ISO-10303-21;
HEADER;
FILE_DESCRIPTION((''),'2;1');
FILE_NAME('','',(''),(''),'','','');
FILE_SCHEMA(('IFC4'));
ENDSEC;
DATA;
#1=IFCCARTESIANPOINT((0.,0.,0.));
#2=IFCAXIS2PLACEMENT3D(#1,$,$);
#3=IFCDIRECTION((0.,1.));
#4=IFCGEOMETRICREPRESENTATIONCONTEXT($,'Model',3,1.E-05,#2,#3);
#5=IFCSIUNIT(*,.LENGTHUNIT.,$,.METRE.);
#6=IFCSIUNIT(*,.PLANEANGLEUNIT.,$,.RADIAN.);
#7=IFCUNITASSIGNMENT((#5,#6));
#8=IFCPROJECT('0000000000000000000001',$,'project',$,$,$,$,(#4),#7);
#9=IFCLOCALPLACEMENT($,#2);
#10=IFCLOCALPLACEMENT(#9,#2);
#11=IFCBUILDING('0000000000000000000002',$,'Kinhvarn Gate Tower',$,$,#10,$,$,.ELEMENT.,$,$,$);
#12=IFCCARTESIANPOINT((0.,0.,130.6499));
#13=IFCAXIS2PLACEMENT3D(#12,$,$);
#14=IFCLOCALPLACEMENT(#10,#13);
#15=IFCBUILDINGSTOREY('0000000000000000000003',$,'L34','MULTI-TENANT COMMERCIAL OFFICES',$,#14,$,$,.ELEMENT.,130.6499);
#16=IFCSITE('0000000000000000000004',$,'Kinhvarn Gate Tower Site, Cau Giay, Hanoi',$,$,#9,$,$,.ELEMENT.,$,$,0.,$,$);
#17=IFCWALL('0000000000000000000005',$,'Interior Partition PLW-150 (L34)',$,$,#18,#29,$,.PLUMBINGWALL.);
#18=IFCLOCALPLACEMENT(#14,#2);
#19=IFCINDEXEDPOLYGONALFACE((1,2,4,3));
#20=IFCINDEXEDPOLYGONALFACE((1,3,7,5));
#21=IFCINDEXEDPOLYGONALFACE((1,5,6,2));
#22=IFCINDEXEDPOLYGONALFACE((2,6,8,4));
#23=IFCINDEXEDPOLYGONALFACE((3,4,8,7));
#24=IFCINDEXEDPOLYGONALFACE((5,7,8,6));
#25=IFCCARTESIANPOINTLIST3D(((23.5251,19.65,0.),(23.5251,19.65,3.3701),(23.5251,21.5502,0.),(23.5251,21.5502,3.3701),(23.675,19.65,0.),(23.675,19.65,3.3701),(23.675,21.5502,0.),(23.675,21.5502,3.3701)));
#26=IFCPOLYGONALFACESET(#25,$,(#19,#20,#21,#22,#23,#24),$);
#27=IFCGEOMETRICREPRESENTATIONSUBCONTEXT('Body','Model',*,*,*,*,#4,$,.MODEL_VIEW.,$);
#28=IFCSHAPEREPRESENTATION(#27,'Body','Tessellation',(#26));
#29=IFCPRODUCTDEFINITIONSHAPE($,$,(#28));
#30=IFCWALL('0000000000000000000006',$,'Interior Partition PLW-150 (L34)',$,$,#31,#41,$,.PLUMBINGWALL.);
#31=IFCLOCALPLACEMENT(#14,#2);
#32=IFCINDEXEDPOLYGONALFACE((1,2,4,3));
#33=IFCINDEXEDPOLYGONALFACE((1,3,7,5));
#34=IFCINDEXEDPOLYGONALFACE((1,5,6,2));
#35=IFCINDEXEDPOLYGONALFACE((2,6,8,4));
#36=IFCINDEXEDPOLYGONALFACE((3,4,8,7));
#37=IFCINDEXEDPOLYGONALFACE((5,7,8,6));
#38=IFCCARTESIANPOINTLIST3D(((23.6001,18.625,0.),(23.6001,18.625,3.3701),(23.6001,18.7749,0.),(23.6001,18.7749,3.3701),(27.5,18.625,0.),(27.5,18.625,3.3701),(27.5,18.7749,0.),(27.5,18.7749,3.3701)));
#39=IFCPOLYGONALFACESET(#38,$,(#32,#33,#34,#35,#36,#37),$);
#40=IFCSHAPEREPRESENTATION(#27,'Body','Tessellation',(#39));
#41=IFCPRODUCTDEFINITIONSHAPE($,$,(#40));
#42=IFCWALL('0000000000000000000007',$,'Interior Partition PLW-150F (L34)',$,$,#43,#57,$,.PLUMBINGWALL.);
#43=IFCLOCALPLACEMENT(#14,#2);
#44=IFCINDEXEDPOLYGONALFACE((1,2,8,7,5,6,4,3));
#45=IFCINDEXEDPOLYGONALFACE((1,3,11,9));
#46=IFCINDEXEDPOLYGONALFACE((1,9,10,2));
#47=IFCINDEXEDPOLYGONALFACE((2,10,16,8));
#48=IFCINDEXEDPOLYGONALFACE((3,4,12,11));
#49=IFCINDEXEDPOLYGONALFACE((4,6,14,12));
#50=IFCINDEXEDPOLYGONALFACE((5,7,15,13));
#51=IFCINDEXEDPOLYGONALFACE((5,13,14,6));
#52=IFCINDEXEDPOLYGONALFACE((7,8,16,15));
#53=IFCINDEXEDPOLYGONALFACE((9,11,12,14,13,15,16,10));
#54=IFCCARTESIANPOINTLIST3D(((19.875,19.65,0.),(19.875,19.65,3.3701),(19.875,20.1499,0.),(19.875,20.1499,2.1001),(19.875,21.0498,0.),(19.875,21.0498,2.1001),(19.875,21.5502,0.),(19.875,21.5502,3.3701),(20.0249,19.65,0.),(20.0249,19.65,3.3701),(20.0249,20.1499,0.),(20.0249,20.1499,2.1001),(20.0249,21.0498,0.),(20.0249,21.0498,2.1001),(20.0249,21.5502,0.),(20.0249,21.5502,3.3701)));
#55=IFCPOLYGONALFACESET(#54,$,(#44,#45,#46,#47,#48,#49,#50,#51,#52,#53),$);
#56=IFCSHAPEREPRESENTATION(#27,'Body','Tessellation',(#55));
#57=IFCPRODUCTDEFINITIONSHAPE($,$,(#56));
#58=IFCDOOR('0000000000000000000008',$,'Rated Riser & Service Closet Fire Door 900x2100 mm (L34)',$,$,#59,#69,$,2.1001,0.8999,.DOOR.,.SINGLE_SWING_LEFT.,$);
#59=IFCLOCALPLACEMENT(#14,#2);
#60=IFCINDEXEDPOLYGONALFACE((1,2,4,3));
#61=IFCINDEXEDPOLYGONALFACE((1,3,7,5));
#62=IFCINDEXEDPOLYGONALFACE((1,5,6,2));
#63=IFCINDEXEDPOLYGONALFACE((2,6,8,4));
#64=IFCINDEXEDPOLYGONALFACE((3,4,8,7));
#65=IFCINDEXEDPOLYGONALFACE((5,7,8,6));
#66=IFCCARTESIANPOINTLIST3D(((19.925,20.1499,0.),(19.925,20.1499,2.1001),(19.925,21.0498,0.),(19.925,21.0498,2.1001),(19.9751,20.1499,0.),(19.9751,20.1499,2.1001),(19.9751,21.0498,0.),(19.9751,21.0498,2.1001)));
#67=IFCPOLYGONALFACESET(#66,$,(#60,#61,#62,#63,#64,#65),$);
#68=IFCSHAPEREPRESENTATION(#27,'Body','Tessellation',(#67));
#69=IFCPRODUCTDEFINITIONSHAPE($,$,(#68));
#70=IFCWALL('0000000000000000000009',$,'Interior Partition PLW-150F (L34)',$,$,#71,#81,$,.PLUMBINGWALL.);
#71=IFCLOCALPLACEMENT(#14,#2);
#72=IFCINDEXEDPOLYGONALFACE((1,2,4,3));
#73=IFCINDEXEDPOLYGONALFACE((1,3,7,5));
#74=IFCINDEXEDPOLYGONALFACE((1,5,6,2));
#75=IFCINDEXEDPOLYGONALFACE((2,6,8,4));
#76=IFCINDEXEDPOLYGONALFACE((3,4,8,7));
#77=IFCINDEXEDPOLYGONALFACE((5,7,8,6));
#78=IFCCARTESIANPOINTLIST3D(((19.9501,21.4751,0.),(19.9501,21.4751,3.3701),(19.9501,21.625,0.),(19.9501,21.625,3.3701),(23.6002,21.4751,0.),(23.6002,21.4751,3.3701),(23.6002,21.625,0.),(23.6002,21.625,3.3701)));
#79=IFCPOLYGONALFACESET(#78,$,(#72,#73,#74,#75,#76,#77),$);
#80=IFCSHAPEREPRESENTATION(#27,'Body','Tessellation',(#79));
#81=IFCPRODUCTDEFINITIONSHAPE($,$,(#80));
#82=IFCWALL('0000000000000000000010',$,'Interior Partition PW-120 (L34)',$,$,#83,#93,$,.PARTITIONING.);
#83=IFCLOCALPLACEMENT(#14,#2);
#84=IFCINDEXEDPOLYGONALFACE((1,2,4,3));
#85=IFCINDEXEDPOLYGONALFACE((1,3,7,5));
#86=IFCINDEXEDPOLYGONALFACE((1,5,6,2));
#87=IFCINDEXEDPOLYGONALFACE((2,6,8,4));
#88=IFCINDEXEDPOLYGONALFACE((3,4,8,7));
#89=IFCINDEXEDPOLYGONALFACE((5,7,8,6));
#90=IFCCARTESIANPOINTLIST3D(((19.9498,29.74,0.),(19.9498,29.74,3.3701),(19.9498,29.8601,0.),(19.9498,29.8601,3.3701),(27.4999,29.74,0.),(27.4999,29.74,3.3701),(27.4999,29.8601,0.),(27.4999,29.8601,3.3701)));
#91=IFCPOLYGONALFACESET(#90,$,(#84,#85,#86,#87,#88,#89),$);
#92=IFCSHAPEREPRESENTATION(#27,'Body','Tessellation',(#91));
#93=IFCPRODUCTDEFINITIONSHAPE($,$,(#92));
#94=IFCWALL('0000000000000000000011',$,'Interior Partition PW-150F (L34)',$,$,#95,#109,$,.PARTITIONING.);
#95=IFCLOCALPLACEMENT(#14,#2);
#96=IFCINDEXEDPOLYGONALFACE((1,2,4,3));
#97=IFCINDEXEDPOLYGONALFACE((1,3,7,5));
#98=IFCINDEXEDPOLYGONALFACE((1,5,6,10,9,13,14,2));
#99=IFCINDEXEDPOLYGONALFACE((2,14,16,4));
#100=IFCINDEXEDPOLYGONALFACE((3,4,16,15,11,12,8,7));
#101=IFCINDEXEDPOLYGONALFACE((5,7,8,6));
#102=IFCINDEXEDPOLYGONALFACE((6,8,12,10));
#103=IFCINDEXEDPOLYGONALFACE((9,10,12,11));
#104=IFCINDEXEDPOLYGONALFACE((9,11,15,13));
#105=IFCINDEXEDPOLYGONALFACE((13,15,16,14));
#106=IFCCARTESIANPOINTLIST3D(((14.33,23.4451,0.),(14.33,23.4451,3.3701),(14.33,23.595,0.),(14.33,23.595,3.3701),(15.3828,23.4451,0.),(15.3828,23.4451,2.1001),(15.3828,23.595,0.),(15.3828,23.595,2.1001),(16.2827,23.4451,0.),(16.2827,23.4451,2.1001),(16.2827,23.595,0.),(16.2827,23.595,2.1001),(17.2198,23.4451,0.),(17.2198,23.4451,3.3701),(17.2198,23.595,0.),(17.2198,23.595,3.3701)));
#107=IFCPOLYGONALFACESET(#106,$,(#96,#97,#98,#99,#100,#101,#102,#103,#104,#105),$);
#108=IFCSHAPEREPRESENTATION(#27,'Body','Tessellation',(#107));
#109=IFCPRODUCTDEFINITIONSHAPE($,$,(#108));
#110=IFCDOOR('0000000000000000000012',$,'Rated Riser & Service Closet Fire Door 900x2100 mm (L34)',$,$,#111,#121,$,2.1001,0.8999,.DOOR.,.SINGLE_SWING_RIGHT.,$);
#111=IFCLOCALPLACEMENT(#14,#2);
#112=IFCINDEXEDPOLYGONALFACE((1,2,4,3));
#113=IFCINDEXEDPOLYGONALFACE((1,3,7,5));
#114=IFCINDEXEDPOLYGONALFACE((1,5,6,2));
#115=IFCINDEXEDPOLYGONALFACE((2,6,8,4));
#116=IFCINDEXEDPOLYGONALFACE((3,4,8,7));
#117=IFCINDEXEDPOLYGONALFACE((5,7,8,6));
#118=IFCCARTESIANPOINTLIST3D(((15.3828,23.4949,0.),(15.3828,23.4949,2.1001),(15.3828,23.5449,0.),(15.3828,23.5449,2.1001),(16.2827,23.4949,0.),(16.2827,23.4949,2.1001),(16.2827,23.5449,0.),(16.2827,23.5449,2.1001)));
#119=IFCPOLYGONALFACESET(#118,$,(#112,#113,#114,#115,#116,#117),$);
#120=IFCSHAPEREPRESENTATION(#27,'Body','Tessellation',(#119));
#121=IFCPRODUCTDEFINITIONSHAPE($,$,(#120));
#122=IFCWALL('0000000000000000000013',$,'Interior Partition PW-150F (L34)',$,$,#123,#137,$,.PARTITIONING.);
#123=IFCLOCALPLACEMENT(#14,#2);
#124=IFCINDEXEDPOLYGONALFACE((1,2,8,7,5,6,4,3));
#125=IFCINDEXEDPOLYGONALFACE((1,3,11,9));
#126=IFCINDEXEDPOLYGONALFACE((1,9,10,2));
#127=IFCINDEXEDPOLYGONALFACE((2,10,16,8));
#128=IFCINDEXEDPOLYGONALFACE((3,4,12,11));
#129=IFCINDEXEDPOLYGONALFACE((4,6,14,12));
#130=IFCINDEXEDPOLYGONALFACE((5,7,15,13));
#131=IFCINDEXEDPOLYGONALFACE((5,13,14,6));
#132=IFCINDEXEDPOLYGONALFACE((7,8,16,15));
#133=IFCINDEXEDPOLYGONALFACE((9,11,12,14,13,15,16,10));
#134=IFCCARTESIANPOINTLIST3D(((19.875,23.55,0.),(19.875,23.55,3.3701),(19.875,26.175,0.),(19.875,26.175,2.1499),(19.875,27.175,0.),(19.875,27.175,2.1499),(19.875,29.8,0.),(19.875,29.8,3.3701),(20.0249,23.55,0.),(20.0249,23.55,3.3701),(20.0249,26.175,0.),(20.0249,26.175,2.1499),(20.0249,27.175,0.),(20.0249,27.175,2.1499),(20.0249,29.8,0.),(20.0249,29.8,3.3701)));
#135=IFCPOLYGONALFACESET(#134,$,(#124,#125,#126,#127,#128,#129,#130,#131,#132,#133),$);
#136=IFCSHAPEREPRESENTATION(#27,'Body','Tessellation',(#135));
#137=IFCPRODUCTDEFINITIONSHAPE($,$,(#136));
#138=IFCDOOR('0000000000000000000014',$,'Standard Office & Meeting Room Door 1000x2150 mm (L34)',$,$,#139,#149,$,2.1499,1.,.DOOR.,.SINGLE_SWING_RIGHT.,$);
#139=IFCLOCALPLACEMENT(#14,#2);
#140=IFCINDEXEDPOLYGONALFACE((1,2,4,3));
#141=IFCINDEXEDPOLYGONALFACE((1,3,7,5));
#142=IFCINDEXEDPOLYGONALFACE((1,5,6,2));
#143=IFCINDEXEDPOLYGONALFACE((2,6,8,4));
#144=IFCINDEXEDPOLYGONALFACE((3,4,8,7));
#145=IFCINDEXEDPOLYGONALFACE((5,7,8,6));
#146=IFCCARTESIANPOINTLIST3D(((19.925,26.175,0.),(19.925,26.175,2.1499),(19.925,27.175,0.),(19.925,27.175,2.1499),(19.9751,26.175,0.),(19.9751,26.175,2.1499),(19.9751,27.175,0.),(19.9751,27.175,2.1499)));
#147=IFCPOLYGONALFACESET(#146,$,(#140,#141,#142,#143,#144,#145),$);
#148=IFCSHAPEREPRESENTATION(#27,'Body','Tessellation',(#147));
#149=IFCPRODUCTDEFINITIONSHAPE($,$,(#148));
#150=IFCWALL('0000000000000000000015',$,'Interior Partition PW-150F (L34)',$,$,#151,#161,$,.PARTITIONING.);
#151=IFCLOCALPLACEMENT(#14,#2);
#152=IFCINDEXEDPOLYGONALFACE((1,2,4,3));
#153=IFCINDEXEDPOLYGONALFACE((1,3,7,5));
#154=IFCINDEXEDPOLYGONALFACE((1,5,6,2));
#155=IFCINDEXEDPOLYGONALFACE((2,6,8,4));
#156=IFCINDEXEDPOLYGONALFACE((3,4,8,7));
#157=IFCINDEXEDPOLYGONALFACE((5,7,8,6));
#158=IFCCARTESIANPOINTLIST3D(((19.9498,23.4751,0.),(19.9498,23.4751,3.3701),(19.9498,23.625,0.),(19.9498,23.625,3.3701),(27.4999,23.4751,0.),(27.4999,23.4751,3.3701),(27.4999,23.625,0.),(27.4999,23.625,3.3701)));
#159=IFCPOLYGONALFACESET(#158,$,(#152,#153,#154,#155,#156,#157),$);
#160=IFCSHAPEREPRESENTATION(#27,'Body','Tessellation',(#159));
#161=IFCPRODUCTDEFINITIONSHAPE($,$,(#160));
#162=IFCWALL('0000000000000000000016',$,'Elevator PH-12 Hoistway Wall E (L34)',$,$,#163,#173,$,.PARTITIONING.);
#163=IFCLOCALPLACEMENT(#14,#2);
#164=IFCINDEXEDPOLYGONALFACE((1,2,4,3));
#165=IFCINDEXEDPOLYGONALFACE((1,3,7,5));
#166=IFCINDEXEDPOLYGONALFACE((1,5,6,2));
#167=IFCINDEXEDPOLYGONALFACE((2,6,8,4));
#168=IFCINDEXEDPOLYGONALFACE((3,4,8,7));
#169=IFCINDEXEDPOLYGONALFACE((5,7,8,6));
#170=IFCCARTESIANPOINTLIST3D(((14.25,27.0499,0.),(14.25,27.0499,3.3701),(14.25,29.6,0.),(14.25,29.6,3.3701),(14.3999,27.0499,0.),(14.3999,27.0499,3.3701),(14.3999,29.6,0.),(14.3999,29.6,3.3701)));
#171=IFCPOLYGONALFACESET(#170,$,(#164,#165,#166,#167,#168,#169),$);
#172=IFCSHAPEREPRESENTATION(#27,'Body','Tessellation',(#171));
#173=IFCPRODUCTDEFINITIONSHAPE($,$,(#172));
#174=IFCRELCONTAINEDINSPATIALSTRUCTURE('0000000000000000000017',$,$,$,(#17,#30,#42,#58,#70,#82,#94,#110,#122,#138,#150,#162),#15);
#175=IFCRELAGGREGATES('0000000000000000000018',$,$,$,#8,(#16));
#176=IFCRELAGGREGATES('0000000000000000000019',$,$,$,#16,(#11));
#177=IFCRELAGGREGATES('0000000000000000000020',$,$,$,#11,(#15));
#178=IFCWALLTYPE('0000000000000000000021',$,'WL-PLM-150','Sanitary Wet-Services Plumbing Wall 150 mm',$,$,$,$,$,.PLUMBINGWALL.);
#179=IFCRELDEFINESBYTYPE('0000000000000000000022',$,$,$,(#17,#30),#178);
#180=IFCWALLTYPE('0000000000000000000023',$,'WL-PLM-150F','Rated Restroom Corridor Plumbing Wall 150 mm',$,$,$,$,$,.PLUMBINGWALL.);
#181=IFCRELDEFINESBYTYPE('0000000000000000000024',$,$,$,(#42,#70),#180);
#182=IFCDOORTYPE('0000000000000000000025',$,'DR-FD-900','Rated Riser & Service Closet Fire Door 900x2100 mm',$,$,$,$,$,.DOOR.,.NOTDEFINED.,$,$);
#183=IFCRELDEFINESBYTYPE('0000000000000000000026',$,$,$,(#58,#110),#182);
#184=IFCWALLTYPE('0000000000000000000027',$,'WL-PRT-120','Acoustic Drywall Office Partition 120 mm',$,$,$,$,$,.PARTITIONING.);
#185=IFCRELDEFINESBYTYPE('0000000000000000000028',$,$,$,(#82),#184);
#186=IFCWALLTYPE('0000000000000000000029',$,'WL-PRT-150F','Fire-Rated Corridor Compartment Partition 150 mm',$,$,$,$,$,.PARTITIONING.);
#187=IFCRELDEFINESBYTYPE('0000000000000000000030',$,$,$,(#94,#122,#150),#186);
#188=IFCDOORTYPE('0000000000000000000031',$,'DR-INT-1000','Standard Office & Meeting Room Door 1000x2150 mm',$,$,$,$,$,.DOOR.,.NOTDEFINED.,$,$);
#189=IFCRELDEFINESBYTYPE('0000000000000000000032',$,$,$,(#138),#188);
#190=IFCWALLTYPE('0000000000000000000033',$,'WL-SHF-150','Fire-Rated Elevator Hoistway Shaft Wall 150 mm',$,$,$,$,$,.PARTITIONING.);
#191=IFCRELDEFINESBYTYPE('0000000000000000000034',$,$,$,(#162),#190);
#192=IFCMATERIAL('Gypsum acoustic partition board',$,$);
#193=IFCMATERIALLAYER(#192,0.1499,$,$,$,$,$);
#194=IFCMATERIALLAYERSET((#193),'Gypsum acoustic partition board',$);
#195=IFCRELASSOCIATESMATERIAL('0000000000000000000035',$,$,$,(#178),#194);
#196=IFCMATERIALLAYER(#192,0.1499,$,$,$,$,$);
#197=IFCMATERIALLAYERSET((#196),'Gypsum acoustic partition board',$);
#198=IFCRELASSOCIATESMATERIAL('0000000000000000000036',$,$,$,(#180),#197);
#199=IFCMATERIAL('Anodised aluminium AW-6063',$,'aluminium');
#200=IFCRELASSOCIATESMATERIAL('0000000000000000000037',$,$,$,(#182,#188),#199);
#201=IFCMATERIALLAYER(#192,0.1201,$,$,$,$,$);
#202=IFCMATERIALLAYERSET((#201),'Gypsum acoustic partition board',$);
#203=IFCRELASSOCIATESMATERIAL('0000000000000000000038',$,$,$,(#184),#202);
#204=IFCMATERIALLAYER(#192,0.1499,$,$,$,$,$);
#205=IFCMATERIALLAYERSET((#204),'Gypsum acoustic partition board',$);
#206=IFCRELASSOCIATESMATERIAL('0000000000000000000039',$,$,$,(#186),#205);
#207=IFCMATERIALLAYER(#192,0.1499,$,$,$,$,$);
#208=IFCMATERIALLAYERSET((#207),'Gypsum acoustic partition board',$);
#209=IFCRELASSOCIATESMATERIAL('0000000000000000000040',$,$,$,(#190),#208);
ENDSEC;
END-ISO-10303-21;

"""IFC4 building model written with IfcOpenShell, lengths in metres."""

from ifc_helpers import new_model, si_unit, direction, frame, frame_2d, origin, place, context, subcontext, project, spatial, rectangle, extrude, material, layer, layer_set, type_object, element, fill, save


model = new_model("IFC4")

# Units and contexts
model_context = context("Model", 3, precision=1e-05, world=origin(), true_north=direction((0.0, 1.0)))
body_context = subcontext(model_context, "Body", "Model", "MODEL_VIEW")
ifc_project = project(units=[si_unit("LENGTHUNIT", "METRE"), si_unit("PLANEANGLEUNIT", "RADIAN")], contexts=[model_context])

# Site, building, storey
site_placement = place(None, origin())
site = spatial("IfcSite", under=ifc_project, at=site_placement, Name="Kinhvarn Gate Tower Site, Cau Giay, Hanoi", CompositionType="ELEMENT", RefElevation=0.0)
building_placement = place(site_placement, origin())
building = spatial("IfcBuilding", under=site, at=building_placement, Name="Kinhvarn Gate Tower", CompositionType="ELEMENT")
storey_placement = place(building_placement, frame((0.0, 0.0, 130.6499)))
storey = spatial("IfcBuildingStorey", under=building, at=storey_placement, Name="L34", Description="MULTI-TENANT COMMERCIAL OFFICES", CompositionType="ELEMENT", Elevation=130.6499)

# Shared definitions
ifc_material_1 = material(Name="Anodised aluminium AW-6063", Category="aluminium")

# Walls
ifc_material_2 = material(Name="Gypsum acoustic partition board")
ifc_layer_1 = layer(ifc_material_2, 0.1499)
ifc_layer_set_1 = layer_set([ifc_layer_1], Name="Gypsum acoustic partition board")
wall_type_1 = type_object("IfcWallType", Name="WL-PLM-150", Description="Sanitary Wet-Services Plumbing Wall 150 mm", PredefinedType="PLUMBINGWALL", material=ifc_layer_set_1)
wall_1_placement = place(storey_placement, frame((23.6001, 19.6499, 0.0), z_axis=(0.0, 0.0, 1.0), x_axis=(0.0, 1.0, 0.0)))
element("IfcWall", 1, at=wall_1_placement, inside=storey, type_object=wall_type_1, Name="Interior Partition PLW-150 (L34)", PredefinedType="PLUMBINGWALL", context=body_context, shape_type="SweptSolid", body=[
    extrude(rectangle(XDim=1.9001, YDim=0.1499, at=frame_2d((0.9502, 0.0))), origin(), (0.0, 0.0, 1.0), 3.3701),
])
wall_2_placement = place(storey_placement, frame((23.6001, 18.7, 0.0), z_axis=(0.0, 0.0, 1.0), x_axis=(1.0, 0.0, 0.0)))
element("IfcWall", 2, at=wall_2_placement, inside=storey, type_object=wall_type_1, Name="Interior Partition PLW-150 (L34)", PredefinedType="PLUMBINGWALL", context=body_context, shape_type="SweptSolid", body=[
    extrude(rectangle(XDim=3.8999, YDim=0.1499, at=frame_2d((1.95, 0.0))), origin(), (0.0, 0.0, 1.0), 3.3701),
])

# Wall, opening, door
ifc_layer_2 = layer(ifc_material_2, 0.1499)
ifc_layer_set_2 = layer_set([ifc_layer_2], Name="Gypsum acoustic partition board")
wall_type_2 = type_object("IfcWallType", Name="WL-PLM-150F", Description="Rated Restroom Corridor Plumbing Wall 150 mm", PredefinedType="PLUMBINGWALL", material=ifc_layer_set_2)
wall_3_placement = place(storey_placement, frame((19.95, 19.6499, 0.0), z_axis=(0.0, 0.0, 1.0), x_axis=(0.0, 1.0, 0.0)))
wall_3 = element("IfcWall", 3, at=wall_3_placement, inside=storey, type_object=wall_type_2, Name="Interior Partition PLW-150F (L34)", PredefinedType="PLUMBINGWALL", context=body_context, shape_type="SweptSolid", body=[
    extrude(rectangle(XDim=1.9001, YDim=0.1499, at=frame_2d((0.9502, 0.0))), origin(), (0.0, 0.0, 1.0), 3.3701),
])
opening_1_placement = place(wall_3_placement, frame((0.5, 0.0, 0.0)))
opening_1 = element("IfcOpeningElement", 4, at=opening_1_placement, cuts=wall_3, PredefinedType="OPENING", context=body_context, shape_type="SweptSolid", body=[
    extrude(rectangle(XDim=0.8999, YDim=2.1001, at=frame_2d((0.45, 1.05))), frame((0.0, 0.085, 0.0), z_axis=(0.0, -1.0, 0.0), x_axis=(1.0, 0.0, 0.0)), (0.0, 0.0, 1.0), 0.1699),
])
door_type_1 = type_object("IfcDoorType", Name="DR-FD-900", Description="Rated Riser & Service Closet Fire Door 900x2100 mm", OperationType="NOTDEFINED", PredefinedType="DOOR", material=ifc_material_1)
door_1_placement = place(opening_1_placement, origin())
door_1 = element("IfcDoor", 5, at=door_1_placement, inside=storey, type_object=door_type_1, Name="Rated Riser & Service Closet Fire Door 900x2100 mm (L34)", OperationType="SINGLE_SWING_LEFT", OverallHeight=2.1001, OverallWidth=0.8999, PredefinedType="DOOR", context=body_context, shape_type="SweptSolid", body=[
    extrude(rectangle(XDim=0.8999, YDim=2.1001, at=frame_2d((0.45, 1.05))), frame((0.0, 0.0249, 0.0), z_axis=(0.0, -1.0, 0.0), x_axis=(1.0, 0.0, 0.0)), (0.0, 0.0, 1.0), 0.05),
])
fill(opening_1, door_1)

# Walls
wall_4_placement = place(storey_placement, frame((19.95, 21.55, 0.0), z_axis=(0.0, 0.0, 1.0), x_axis=(1.0, 0.0, 0.0)))
element("IfcWall", 6, at=wall_4_placement, inside=storey, type_object=wall_type_2, Name="Interior Partition PLW-150F (L34)", PredefinedType="PLUMBINGWALL", context=body_context, shape_type="SweptSolid", body=[
    extrude(rectangle(XDim=3.6501, YDim=0.1499, at=frame_2d((1.8252, 0.0))), origin(), (0.0, 0.0, 1.0), 3.3701),
])
ifc_layer_3 = layer(ifc_material_2, 0.1201)
ifc_layer_set_3 = layer_set([ifc_layer_3], Name="Gypsum acoustic partition board")
wall_type_3 = type_object("IfcWallType", Name="WL-PRT-120", Description="Acoustic Drywall Office Partition 120 mm", PredefinedType="PARTITIONING", material=ifc_layer_set_3)
wall_5_placement = place(storey_placement, frame((19.95, 29.8, 0.0), z_axis=(0.0, 0.0, 1.0), x_axis=(1.0, 0.0, 0.0)))
element("IfcWall", 7, at=wall_5_placement, inside=storey, type_object=wall_type_3, Name="Interior Partition PW-120 (L34)", PredefinedType="PARTITIONING", context=body_context, shape_type="SweptSolid", body=[
    extrude(rectangle(XDim=7.55, YDim=0.1201, at=frame_2d((3.7749, 0.0))), origin(), (0.0, 0.0, 1.0), 3.3701),
])

# Walls, openings, doors
ifc_layer_4 = layer(ifc_material_2, 0.1499)
ifc_layer_set_4 = layer_set([ifc_layer_4], Name="Gypsum acoustic partition board")
wall_type_4 = type_object("IfcWallType", Name="WL-PRT-150F", Description="Fire-Rated Corridor Compartment Partition 150 mm", PredefinedType="PARTITIONING", material=ifc_layer_set_4)
wall_6_placement = place(storey_placement, frame((14.3301, 23.52, 0.0), z_axis=(0.0, 0.0, 1.0), x_axis=(1.0, 0.0, 0.0)))
wall_6 = element("IfcWall", 8, at=wall_6_placement, inside=storey, type_object=wall_type_4, Name="Interior Partition PW-150F (L34)", PredefinedType="PARTITIONING", context=body_context, shape_type="SweptSolid", body=[
    extrude(rectangle(XDim=2.8899, YDim=0.1499, at=frame_2d((1.4448, 0.0))), origin(), (0.0, 0.0, 1.0), 3.3701),
])
opening_2_placement = place(wall_6_placement, frame((1.0527, 0.0, 0.0)))
opening_2 = element("IfcOpeningElement", 9, at=opening_2_placement, cuts=wall_6, PredefinedType="OPENING", context=body_context, shape_type="SweptSolid", body=[
    extrude(rectangle(XDim=0.8999, YDim=2.1001, at=frame_2d((0.45, 1.05))), frame((0.0, 0.085, 0.0), z_axis=(0.0, -1.0, 0.0), x_axis=(1.0, 0.0, 0.0)), (0.0, 0.0, 1.0), 0.1699),
])
door_2_placement = place(opening_2_placement, origin())
door_2 = element("IfcDoor", 10, at=door_2_placement, inside=storey, type_object=door_type_1, Name="Rated Riser & Service Closet Fire Door 900x2100 mm (L34)", OperationType="SINGLE_SWING_RIGHT", OverallHeight=2.1001, OverallWidth=0.8999, PredefinedType="DOOR", context=body_context, shape_type="SweptSolid", body=[
    extrude(rectangle(XDim=0.8999, YDim=2.1001, at=frame_2d((0.45, 1.05))), frame((0.0, 0.0249, 0.0), z_axis=(0.0, -1.0, 0.0), x_axis=(1.0, 0.0, 0.0)), (0.0, 0.0, 1.0), 0.05),
])
fill(opening_2, door_2)
wall_7_placement = place(storey_placement, frame((19.95, 23.55, 0.0), z_axis=(0.0, 0.0, 1.0), x_axis=(0.0, 1.0, 0.0)))
wall_7 = element("IfcWall", 11, at=wall_7_placement, inside=storey, type_object=wall_type_4, Name="Interior Partition PW-150F (L34)", PredefinedType="PARTITIONING", context=body_context, shape_type="SweptSolid", body=[
    extrude(rectangle(XDim=6.25, YDim=0.1499, at=frame_2d((3.125, 0.0))), origin(), (0.0, 0.0, 1.0), 3.3701),
])
opening_3_placement = place(wall_7_placement, frame((2.625, 0.0, 0.0)))
opening_3 = element("IfcOpeningElement", 12, at=opening_3_placement, cuts=wall_7, PredefinedType="OPENING", context=body_context, shape_type="SweptSolid", body=[
    extrude(rectangle(XDim=1.0, YDim=2.1499, at=frame_2d((0.5, 1.075))), frame((0.0, 0.085, 0.0), z_axis=(0.0, -1.0, 0.0), x_axis=(1.0, 0.0, 0.0)), (0.0, 0.0, 1.0), 0.1699),
])
door_type_2 = type_object("IfcDoorType", Name="DR-INT-1000", Description="Standard Office & Meeting Room Door 1000x2150 mm", OperationType="NOTDEFINED", PredefinedType="DOOR", material=ifc_material_1)
door_3_placement = place(opening_3_placement, origin())
door_3 = element("IfcDoor", 13, at=door_3_placement, inside=storey, type_object=door_type_2, Name="Standard Office & Meeting Room Door 1000x2150 mm (L34)", OperationType="SINGLE_SWING_RIGHT", OverallHeight=2.1499, OverallWidth=1.0, PredefinedType="DOOR", context=body_context, shape_type="SweptSolid", body=[
    extrude(rectangle(XDim=1.0, YDim=2.1499, at=frame_2d((0.5, 1.075))), frame((0.0, 0.0249, 0.0), z_axis=(0.0, -1.0, 0.0), x_axis=(1.0, 0.0, 0.0)), (0.0, 0.0, 1.0), 0.05),
])
fill(opening_3, door_3)

# Walls
wall_8_placement = place(storey_placement, frame((19.95, 23.55, 0.0), z_axis=(0.0, 0.0, 1.0), x_axis=(1.0, 0.0, 0.0)))
element("IfcWall", 14, at=wall_8_placement, inside=storey, type_object=wall_type_4, Name="Interior Partition PW-150F (L34)", PredefinedType="PARTITIONING", context=body_context, shape_type="SweptSolid", body=[
    extrude(rectangle(XDim=7.55, YDim=0.1499, at=frame_2d((3.7749, 0.0))), origin(), (0.0, 0.0, 1.0), 3.3701),
])
ifc_layer_5 = layer(ifc_material_2, 0.1499)
ifc_layer_set_5 = layer_set([ifc_layer_5], Name="Gypsum acoustic partition board")
wall_type_5 = type_object("IfcWallType", Name="WL-SHF-150", Description="Fire-Rated Elevator Hoistway Shaft Wall 150 mm", PredefinedType="PARTITIONING", material=ifc_layer_set_5)
wall_9_placement = place(storey_placement, frame((14.325, 27.05, 0.0), z_axis=(0.0, 0.0, 1.0), x_axis=(0.0, 1.0, 0.0)))
element("IfcWall", 15, at=wall_9_placement, inside=storey, type_object=wall_type_5, Name="Elevator PH-12 Hoistway Wall E (L34)", PredefinedType="PARTITIONING", context=body_context, shape_type="SweptSolid", body=[
    extrude(rectangle(XDim=2.55, YDim=0.1499, at=frame_2d((1.2749, 0.0))), origin(), (0.0, 0.0, 1.0), 3.3701),
])

save(model, "model.ifc")
